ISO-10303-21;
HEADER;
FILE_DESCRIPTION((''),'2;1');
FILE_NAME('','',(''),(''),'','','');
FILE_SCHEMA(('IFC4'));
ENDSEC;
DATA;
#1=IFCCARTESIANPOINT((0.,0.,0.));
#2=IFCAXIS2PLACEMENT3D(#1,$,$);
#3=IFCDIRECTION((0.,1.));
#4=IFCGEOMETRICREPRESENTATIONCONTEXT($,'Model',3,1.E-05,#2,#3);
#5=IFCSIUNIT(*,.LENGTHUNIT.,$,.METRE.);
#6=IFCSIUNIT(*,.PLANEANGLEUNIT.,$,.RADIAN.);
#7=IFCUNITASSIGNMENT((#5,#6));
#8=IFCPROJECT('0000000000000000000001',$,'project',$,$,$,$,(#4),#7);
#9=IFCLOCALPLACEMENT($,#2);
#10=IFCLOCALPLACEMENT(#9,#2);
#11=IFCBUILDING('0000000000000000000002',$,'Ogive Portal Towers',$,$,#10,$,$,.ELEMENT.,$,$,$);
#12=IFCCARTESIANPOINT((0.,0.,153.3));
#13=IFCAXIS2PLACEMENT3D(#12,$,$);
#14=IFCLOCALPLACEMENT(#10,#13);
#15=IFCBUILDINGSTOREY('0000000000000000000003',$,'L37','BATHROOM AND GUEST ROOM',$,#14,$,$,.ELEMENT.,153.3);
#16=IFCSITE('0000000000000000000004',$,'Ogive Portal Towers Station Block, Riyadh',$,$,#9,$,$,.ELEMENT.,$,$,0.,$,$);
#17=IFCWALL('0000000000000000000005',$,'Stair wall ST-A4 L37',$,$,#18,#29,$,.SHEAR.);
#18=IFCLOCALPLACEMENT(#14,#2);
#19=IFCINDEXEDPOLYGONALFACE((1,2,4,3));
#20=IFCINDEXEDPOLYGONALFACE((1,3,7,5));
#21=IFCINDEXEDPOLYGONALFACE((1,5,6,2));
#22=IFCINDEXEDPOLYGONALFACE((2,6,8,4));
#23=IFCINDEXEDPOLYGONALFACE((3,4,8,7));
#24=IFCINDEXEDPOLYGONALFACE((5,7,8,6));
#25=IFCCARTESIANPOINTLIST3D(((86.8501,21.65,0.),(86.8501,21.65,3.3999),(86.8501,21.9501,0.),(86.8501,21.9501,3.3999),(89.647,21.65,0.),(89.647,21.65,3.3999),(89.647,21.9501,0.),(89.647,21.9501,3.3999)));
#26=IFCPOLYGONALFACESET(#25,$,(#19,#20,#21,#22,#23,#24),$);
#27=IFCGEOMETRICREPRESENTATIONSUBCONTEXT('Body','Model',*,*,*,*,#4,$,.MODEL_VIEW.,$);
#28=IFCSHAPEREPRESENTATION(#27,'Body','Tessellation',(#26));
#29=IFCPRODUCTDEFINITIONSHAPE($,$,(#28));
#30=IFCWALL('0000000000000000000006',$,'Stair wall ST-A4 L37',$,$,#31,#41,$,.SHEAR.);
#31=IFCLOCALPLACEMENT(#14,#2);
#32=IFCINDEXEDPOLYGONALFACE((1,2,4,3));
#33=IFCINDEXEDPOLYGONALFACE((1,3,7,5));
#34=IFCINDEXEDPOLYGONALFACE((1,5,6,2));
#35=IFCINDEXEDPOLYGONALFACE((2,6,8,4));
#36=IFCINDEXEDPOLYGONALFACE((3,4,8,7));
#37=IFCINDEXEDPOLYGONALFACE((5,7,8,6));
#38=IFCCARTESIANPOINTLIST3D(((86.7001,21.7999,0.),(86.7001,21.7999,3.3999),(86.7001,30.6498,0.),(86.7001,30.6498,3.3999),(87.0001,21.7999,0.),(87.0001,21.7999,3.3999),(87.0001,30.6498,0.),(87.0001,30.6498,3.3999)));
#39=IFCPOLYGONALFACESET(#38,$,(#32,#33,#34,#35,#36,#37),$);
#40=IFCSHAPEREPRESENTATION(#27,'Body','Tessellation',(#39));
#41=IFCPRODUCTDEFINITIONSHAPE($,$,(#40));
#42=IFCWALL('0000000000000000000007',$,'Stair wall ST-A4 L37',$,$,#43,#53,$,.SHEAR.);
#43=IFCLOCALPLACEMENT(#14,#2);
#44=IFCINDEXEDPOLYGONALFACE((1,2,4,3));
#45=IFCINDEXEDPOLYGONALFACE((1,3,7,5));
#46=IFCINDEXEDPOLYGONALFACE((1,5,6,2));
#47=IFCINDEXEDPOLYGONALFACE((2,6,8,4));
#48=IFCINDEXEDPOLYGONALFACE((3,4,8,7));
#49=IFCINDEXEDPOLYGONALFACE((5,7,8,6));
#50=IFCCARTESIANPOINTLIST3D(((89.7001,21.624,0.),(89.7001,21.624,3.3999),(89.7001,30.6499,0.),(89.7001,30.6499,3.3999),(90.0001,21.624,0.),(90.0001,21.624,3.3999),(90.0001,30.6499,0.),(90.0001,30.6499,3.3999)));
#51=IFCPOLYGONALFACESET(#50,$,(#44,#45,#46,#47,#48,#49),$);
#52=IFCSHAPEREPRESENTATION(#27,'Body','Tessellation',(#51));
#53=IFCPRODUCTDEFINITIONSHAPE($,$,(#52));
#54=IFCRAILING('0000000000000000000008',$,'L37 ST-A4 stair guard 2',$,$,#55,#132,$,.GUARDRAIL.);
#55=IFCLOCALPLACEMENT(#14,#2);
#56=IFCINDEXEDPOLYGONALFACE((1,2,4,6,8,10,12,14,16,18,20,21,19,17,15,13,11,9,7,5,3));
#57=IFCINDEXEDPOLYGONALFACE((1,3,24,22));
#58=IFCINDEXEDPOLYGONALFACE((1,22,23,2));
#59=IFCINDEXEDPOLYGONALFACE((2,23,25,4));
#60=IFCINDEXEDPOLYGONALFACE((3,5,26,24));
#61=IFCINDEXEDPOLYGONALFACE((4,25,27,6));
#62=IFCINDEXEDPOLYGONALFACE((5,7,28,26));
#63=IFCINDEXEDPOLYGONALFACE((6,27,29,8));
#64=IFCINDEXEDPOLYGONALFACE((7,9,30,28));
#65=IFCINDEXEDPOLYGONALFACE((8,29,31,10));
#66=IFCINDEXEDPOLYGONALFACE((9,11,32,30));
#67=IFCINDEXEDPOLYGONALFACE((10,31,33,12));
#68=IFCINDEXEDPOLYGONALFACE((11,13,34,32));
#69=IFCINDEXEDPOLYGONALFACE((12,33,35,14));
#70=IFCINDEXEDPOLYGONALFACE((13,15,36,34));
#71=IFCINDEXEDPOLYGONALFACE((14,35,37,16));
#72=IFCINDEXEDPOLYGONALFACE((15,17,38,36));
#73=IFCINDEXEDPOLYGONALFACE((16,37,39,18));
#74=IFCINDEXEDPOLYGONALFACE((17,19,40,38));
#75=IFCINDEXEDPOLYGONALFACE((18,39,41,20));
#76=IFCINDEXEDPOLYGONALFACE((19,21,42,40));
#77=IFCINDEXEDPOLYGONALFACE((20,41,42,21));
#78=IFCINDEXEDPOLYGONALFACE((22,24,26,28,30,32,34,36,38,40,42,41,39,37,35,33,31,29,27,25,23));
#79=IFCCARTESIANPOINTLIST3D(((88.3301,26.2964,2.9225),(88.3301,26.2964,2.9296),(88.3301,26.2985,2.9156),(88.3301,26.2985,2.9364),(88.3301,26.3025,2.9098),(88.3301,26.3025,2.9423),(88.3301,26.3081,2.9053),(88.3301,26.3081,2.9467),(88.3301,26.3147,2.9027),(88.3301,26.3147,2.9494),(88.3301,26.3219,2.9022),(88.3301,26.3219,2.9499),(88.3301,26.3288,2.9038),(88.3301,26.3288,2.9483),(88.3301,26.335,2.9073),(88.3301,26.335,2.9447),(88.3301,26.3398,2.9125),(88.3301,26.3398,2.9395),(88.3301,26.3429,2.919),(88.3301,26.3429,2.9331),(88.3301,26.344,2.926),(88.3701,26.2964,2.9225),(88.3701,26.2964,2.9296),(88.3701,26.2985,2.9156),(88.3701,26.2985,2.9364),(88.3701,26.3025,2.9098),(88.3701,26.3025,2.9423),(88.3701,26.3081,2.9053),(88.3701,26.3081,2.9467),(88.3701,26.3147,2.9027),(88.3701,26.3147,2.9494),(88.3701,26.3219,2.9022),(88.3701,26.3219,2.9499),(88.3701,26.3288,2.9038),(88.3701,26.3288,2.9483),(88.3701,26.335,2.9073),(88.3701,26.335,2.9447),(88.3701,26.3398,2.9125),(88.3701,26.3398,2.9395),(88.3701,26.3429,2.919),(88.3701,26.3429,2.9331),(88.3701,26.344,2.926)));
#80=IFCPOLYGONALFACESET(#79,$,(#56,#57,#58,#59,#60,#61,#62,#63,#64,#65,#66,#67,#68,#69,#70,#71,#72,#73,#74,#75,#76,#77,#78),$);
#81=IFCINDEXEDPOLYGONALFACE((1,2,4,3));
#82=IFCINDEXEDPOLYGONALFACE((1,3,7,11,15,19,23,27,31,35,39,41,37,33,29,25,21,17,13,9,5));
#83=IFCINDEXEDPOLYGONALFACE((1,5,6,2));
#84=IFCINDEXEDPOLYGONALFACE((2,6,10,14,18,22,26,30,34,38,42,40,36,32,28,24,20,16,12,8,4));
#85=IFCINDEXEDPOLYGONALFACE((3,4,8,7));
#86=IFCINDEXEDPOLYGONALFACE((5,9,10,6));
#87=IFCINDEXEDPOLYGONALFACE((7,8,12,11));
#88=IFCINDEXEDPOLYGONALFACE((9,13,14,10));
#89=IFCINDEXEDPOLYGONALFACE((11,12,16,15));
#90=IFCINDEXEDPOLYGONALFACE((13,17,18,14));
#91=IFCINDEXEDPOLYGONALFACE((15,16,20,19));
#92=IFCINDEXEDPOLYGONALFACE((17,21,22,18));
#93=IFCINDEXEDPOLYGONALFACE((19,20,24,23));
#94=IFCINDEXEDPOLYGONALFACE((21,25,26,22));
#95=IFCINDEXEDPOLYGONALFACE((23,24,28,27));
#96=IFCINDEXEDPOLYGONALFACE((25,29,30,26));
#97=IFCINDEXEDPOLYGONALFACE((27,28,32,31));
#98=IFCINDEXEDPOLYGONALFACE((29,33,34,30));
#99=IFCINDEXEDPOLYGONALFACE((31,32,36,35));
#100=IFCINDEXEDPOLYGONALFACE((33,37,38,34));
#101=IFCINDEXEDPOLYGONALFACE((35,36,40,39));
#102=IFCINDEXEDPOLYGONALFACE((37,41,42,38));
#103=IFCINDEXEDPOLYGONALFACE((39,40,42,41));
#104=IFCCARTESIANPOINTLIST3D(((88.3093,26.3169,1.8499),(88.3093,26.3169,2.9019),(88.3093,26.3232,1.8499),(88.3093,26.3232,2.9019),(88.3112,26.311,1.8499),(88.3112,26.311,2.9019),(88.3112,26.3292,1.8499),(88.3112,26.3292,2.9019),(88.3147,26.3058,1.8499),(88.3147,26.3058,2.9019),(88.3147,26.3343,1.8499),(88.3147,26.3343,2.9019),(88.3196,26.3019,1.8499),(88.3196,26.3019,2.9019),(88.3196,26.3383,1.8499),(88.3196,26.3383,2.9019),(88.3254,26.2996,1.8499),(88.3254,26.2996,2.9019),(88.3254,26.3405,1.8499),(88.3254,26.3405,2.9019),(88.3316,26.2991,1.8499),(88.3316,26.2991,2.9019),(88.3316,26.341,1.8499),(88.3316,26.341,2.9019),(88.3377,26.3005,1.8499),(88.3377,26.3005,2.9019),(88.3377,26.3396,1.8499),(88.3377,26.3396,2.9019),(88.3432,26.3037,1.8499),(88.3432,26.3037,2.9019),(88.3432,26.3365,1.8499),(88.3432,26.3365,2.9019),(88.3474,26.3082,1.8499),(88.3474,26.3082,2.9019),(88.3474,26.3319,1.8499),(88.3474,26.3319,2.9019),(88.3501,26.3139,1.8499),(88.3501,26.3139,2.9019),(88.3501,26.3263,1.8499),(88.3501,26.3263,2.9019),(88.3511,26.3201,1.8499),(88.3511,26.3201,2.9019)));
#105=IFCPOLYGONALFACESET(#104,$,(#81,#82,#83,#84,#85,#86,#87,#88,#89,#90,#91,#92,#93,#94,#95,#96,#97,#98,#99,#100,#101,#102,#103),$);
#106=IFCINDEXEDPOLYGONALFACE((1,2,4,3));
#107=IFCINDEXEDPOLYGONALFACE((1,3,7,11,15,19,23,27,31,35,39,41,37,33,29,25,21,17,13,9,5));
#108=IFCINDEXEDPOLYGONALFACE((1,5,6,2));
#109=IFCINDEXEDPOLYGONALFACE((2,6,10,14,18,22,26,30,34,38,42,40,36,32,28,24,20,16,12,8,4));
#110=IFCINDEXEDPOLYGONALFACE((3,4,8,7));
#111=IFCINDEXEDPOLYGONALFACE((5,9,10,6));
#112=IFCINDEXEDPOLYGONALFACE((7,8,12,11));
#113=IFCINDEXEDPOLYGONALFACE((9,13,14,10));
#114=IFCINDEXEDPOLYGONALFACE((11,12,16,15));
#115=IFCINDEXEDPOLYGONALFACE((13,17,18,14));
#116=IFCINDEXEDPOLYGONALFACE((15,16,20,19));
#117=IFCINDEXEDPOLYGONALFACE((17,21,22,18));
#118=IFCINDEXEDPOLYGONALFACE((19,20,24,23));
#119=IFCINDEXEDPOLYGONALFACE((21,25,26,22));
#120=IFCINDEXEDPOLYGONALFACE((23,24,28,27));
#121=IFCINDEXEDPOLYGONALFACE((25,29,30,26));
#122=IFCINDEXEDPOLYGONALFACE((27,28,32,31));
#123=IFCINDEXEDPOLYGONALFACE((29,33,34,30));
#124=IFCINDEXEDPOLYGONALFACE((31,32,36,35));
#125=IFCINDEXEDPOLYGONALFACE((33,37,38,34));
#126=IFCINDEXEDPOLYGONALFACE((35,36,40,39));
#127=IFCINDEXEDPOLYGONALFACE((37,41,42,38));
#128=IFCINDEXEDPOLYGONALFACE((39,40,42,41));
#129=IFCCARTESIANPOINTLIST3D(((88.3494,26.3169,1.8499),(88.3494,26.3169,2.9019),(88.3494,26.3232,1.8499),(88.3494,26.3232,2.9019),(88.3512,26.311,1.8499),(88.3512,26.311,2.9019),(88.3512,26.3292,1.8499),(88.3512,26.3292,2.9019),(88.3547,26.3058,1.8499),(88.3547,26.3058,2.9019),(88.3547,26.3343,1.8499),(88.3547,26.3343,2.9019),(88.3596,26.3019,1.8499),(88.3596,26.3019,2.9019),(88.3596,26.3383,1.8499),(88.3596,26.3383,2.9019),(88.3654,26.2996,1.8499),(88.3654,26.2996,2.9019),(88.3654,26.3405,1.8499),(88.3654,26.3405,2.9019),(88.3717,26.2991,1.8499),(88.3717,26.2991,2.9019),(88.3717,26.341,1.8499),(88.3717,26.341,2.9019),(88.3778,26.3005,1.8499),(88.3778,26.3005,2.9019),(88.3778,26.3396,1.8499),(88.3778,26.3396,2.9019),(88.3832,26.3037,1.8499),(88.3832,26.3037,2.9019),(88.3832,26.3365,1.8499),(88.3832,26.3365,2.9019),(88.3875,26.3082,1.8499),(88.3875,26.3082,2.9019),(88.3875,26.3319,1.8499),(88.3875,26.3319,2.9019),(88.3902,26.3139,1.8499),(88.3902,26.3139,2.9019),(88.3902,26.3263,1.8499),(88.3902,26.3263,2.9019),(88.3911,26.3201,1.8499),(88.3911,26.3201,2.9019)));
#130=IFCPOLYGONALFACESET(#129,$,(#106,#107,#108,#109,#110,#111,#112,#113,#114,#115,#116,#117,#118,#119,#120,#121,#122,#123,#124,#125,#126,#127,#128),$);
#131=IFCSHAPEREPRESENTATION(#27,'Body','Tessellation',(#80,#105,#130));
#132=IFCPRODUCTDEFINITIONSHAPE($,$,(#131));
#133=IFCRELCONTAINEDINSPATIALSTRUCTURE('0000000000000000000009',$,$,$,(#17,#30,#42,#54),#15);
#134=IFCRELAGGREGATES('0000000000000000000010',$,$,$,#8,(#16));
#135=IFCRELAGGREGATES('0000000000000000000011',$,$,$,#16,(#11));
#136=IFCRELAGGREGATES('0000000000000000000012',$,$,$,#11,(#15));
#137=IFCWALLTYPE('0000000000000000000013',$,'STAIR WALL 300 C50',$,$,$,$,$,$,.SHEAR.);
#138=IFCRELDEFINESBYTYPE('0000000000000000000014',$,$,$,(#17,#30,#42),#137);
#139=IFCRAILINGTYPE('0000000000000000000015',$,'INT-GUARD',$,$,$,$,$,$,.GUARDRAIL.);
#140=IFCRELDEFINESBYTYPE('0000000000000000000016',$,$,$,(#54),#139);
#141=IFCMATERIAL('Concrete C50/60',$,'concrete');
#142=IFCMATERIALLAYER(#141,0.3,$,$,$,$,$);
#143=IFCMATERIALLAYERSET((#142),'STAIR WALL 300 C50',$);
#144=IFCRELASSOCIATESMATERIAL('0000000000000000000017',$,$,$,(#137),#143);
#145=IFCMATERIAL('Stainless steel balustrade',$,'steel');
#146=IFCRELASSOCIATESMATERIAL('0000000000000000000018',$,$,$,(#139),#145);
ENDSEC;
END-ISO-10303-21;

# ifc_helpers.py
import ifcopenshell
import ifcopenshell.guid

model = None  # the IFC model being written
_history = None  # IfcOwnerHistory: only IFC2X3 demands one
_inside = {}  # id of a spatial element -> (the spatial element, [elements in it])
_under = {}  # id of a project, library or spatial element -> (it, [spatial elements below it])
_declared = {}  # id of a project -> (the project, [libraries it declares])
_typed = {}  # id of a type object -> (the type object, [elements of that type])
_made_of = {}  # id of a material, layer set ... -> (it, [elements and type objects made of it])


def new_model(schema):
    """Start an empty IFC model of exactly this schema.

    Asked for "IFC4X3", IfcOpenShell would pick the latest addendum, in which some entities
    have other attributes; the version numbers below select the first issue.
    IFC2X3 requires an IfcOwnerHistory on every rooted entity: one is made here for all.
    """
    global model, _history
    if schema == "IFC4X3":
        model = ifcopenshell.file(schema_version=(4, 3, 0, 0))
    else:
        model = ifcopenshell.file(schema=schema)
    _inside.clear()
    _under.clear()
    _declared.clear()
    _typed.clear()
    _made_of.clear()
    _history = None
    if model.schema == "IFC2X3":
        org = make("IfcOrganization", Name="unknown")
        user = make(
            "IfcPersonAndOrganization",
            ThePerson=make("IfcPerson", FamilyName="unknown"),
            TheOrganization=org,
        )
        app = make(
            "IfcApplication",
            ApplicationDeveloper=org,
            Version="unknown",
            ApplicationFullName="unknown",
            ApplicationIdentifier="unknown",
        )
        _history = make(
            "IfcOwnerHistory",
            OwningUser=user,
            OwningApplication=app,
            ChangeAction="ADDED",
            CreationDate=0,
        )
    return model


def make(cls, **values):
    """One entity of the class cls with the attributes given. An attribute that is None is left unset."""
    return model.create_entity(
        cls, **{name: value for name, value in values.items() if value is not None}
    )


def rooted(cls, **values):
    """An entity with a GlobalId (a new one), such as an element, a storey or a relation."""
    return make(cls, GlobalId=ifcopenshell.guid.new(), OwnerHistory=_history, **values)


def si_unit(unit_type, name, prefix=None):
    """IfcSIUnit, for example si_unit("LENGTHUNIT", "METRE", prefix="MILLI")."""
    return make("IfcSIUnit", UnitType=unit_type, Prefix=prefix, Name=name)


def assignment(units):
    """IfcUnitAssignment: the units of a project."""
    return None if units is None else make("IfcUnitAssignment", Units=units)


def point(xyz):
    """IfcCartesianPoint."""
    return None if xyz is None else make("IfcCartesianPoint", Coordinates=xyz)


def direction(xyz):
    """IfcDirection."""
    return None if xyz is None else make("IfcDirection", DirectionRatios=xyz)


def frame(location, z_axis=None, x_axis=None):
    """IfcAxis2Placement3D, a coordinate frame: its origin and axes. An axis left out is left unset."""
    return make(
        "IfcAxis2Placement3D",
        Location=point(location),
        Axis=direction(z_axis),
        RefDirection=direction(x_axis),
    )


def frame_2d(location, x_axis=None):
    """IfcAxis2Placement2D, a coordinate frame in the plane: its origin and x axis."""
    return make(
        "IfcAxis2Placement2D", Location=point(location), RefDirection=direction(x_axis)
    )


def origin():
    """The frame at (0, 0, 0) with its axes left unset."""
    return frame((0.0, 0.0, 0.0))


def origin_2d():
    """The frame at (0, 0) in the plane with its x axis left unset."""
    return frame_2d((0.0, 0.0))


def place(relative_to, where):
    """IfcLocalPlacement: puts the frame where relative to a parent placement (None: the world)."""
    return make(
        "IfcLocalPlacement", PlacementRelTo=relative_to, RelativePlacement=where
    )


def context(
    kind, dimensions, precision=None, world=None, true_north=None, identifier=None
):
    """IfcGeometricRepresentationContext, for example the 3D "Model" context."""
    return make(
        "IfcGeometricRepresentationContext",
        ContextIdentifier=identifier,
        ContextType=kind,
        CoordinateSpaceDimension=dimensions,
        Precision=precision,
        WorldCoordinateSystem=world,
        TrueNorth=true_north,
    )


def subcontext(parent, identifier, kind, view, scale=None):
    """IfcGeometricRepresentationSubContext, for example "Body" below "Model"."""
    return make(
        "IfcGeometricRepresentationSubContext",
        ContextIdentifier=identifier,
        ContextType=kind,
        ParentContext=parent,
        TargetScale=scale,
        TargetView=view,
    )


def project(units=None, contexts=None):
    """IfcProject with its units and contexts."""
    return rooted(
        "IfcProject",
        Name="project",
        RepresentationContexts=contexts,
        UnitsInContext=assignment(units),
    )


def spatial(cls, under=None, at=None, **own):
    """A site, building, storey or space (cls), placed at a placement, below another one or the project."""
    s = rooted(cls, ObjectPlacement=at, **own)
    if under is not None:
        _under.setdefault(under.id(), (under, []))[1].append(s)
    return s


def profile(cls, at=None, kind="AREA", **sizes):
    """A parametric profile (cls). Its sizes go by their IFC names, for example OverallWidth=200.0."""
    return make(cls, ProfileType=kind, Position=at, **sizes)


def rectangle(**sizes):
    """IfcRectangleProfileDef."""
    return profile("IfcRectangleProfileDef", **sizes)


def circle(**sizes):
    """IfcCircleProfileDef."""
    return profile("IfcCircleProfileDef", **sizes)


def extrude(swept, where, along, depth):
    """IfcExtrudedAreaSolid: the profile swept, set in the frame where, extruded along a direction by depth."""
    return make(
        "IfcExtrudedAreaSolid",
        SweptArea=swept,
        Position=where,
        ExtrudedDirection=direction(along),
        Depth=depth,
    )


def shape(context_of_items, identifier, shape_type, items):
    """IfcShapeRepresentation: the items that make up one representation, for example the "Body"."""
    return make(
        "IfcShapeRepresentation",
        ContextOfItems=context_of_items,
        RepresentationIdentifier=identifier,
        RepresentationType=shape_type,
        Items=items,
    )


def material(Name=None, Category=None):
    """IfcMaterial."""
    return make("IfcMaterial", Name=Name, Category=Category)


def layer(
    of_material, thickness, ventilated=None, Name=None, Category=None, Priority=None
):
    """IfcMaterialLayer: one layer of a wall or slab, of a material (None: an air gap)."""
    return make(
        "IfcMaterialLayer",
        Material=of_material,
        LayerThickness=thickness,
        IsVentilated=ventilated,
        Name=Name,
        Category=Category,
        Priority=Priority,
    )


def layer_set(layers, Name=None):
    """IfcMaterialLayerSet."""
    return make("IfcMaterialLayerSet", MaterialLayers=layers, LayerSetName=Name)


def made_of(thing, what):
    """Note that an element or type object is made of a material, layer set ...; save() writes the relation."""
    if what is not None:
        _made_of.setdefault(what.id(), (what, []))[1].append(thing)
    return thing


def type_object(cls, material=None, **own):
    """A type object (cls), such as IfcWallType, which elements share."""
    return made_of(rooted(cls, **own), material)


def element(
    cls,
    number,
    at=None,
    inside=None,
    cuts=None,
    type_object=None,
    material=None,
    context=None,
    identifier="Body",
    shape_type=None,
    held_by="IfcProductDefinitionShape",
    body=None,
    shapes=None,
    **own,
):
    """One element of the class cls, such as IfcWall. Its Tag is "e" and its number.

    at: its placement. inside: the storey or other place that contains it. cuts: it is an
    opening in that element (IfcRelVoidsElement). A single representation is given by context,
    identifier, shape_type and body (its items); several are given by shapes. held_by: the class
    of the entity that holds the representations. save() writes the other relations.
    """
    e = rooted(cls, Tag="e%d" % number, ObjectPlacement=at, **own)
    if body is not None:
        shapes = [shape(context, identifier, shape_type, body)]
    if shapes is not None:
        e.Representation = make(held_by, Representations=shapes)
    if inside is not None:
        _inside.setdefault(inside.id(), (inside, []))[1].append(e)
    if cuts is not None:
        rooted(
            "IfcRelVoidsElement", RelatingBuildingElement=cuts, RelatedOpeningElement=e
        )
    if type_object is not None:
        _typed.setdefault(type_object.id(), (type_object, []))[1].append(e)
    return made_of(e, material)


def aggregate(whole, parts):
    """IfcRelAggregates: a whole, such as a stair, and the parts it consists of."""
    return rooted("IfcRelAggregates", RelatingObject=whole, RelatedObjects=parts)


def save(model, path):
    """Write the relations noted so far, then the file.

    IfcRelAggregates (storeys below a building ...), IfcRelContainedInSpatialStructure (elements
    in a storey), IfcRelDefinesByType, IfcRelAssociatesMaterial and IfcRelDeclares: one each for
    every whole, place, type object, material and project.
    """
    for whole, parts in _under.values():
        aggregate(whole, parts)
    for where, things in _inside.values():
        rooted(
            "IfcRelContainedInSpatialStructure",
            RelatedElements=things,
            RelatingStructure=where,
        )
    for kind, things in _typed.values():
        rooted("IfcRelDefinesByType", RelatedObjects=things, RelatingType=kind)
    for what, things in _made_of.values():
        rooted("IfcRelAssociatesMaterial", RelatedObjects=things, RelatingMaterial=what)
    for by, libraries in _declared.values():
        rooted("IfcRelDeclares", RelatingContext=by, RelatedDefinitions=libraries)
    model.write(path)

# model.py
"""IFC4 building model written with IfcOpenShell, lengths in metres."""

from ifc_helpers import new_model, si_unit, direction, frame, frame_2d, origin, origin_2d, place, context, subcontext, project, spatial, rectangle, circle, extrude, material, layer, layer_set, type_object, element, save


model = new_model("IFC4")

# Units and contexts
model_context = context("Model", 3, precision=1e-05, world=origin(), true_north=direction((0.0, 1.0)))
body_context = subcontext(model_context, "Body", "Model", "MODEL_VIEW")
ifc_project = project(units=[si_unit("LENGTHUNIT", "METRE"), si_unit("PLANEANGLEUNIT", "RADIAN")], contexts=[model_context])

# Site, building, storey
site_placement = place(None, origin())
site = spatial("IfcSite", under=ifc_project, at=site_placement, Name="Ogive Portal Towers Station Block, Riyadh", CompositionType="ELEMENT", RefElevation=0.0)
building_placement = place(site_placement, origin())
building = spatial("IfcBuilding", under=site, at=building_placement, Name="Ogive Portal Towers", CompositionType="ELEMENT")
storey_placement = place(building_placement, frame((0.0, 0.0, 153.3)))
storey = spatial("IfcBuildingStorey", under=building, at=storey_placement, Name="L37", Description="BATHROOM AND GUEST ROOM", CompositionType="ELEMENT", Elevation=153.3)

# Walls
ifc_material_1 = material(Name="Concrete C50/60", Category="concrete")
ifc_layer_1 = layer(ifc_material_1, 0.3)
ifc_layer_set_1 = layer_set([ifc_layer_1], Name="STAIR WALL 300 C50")
wall_type = type_object("IfcWallType", Name="STAIR WALL 300 C50", PredefinedType="SHEAR", material=ifc_layer_set_1)
wall_1_placement = place(storey_placement, frame((86.8501, 21.8, 0.0), z_axis=(0.0, 0.0, 1.0), x_axis=(1.0, 0.0, 0.0)))
element("IfcWall", 1, at=wall_1_placement, inside=storey, type_object=wall_type, Name="Stair wall ST-A4 L37", PredefinedType="SHEAR", context=body_context, shape_type="SweptSolid", body=[
    extrude(rectangle(XDim=2.7969, YDim=0.3, at=frame_2d((1.3984, 0.0))), origin(), (0.0, 0.0, 1.0), 3.3999),
])
wall_2_placement = place(storey_placement, frame((86.8501, 21.8, 0.0), z_axis=(0.0, 0.0, 1.0), x_axis=(0.0, 1.0, 0.0)))
element("IfcWall", 2, at=wall_2_placement, inside=storey, type_object=wall_type, Name="Stair wall ST-A4 L37", PredefinedType="SHEAR", context=body_context, shape_type="SweptSolid", body=[
    extrude(rectangle(XDim=8.8499, YDim=0.3, at=frame_2d((4.4248, 0.0))), origin(), (0.0, 0.0, 1.0), 3.3999),
])
wall_3_placement = place(storey_placement, frame((89.8501, 21.624, 0.0), z_axis=(0.0, 0.0, 1.0), x_axis=(0.0, 1.0, 0.0)))
element("IfcWall", 3, at=wall_3_placement, inside=storey, type_object=wall_type, Name="Stair wall ST-A4 L37", PredefinedType="SHEAR", context=body_context, shape_type="SweptSolid", body=[
    extrude(rectangle(XDim=9.0259, YDim=0.3, at=frame_2d((4.5129, 0.0))), origin(), (0.0, 0.0, 1.0), 3.3999),
])

# Railing
ifc_material_2 = material(Name="Stainless steel balustrade", Category="steel")
railing_type_1 = type_object("IfcRailingType", Name="INT-GUARD", PredefinedType="GUARDRAIL", material=ifc_material_2)
railing_1_placement = place(storey_placement, frame((88.3301, 26.3201, 1.8499)))
element("IfcRailing", 4, at=railing_1_placement, inside=storey, type_object=railing_type_1, Name="L37 ST-A4 stair guard 2", PredefinedType="GUARDRAIL", context=body_context, shape_type="SweptSolid", body=[
    extrude(circle(Radius=0.0239, at=origin_2d()), frame((0.0, 0.0, 1.0762), z_axis=(1.0, 0.0, 0.0), x_axis=(0.0, 1.0, 0.0)), (0.0, 0.0, 1.0), 0.04),
    extrude(circle(Radius=0.021, at=origin_2d()), origin(), (0.0, 0.0, 1.0), 1.052),
    extrude(circle(Radius=0.021, at=origin_2d()), frame((0.04, 0.0, 0.0)), (0.0, 0.0, 1.0), 1.052),
])

save(model, "model.ifc")
